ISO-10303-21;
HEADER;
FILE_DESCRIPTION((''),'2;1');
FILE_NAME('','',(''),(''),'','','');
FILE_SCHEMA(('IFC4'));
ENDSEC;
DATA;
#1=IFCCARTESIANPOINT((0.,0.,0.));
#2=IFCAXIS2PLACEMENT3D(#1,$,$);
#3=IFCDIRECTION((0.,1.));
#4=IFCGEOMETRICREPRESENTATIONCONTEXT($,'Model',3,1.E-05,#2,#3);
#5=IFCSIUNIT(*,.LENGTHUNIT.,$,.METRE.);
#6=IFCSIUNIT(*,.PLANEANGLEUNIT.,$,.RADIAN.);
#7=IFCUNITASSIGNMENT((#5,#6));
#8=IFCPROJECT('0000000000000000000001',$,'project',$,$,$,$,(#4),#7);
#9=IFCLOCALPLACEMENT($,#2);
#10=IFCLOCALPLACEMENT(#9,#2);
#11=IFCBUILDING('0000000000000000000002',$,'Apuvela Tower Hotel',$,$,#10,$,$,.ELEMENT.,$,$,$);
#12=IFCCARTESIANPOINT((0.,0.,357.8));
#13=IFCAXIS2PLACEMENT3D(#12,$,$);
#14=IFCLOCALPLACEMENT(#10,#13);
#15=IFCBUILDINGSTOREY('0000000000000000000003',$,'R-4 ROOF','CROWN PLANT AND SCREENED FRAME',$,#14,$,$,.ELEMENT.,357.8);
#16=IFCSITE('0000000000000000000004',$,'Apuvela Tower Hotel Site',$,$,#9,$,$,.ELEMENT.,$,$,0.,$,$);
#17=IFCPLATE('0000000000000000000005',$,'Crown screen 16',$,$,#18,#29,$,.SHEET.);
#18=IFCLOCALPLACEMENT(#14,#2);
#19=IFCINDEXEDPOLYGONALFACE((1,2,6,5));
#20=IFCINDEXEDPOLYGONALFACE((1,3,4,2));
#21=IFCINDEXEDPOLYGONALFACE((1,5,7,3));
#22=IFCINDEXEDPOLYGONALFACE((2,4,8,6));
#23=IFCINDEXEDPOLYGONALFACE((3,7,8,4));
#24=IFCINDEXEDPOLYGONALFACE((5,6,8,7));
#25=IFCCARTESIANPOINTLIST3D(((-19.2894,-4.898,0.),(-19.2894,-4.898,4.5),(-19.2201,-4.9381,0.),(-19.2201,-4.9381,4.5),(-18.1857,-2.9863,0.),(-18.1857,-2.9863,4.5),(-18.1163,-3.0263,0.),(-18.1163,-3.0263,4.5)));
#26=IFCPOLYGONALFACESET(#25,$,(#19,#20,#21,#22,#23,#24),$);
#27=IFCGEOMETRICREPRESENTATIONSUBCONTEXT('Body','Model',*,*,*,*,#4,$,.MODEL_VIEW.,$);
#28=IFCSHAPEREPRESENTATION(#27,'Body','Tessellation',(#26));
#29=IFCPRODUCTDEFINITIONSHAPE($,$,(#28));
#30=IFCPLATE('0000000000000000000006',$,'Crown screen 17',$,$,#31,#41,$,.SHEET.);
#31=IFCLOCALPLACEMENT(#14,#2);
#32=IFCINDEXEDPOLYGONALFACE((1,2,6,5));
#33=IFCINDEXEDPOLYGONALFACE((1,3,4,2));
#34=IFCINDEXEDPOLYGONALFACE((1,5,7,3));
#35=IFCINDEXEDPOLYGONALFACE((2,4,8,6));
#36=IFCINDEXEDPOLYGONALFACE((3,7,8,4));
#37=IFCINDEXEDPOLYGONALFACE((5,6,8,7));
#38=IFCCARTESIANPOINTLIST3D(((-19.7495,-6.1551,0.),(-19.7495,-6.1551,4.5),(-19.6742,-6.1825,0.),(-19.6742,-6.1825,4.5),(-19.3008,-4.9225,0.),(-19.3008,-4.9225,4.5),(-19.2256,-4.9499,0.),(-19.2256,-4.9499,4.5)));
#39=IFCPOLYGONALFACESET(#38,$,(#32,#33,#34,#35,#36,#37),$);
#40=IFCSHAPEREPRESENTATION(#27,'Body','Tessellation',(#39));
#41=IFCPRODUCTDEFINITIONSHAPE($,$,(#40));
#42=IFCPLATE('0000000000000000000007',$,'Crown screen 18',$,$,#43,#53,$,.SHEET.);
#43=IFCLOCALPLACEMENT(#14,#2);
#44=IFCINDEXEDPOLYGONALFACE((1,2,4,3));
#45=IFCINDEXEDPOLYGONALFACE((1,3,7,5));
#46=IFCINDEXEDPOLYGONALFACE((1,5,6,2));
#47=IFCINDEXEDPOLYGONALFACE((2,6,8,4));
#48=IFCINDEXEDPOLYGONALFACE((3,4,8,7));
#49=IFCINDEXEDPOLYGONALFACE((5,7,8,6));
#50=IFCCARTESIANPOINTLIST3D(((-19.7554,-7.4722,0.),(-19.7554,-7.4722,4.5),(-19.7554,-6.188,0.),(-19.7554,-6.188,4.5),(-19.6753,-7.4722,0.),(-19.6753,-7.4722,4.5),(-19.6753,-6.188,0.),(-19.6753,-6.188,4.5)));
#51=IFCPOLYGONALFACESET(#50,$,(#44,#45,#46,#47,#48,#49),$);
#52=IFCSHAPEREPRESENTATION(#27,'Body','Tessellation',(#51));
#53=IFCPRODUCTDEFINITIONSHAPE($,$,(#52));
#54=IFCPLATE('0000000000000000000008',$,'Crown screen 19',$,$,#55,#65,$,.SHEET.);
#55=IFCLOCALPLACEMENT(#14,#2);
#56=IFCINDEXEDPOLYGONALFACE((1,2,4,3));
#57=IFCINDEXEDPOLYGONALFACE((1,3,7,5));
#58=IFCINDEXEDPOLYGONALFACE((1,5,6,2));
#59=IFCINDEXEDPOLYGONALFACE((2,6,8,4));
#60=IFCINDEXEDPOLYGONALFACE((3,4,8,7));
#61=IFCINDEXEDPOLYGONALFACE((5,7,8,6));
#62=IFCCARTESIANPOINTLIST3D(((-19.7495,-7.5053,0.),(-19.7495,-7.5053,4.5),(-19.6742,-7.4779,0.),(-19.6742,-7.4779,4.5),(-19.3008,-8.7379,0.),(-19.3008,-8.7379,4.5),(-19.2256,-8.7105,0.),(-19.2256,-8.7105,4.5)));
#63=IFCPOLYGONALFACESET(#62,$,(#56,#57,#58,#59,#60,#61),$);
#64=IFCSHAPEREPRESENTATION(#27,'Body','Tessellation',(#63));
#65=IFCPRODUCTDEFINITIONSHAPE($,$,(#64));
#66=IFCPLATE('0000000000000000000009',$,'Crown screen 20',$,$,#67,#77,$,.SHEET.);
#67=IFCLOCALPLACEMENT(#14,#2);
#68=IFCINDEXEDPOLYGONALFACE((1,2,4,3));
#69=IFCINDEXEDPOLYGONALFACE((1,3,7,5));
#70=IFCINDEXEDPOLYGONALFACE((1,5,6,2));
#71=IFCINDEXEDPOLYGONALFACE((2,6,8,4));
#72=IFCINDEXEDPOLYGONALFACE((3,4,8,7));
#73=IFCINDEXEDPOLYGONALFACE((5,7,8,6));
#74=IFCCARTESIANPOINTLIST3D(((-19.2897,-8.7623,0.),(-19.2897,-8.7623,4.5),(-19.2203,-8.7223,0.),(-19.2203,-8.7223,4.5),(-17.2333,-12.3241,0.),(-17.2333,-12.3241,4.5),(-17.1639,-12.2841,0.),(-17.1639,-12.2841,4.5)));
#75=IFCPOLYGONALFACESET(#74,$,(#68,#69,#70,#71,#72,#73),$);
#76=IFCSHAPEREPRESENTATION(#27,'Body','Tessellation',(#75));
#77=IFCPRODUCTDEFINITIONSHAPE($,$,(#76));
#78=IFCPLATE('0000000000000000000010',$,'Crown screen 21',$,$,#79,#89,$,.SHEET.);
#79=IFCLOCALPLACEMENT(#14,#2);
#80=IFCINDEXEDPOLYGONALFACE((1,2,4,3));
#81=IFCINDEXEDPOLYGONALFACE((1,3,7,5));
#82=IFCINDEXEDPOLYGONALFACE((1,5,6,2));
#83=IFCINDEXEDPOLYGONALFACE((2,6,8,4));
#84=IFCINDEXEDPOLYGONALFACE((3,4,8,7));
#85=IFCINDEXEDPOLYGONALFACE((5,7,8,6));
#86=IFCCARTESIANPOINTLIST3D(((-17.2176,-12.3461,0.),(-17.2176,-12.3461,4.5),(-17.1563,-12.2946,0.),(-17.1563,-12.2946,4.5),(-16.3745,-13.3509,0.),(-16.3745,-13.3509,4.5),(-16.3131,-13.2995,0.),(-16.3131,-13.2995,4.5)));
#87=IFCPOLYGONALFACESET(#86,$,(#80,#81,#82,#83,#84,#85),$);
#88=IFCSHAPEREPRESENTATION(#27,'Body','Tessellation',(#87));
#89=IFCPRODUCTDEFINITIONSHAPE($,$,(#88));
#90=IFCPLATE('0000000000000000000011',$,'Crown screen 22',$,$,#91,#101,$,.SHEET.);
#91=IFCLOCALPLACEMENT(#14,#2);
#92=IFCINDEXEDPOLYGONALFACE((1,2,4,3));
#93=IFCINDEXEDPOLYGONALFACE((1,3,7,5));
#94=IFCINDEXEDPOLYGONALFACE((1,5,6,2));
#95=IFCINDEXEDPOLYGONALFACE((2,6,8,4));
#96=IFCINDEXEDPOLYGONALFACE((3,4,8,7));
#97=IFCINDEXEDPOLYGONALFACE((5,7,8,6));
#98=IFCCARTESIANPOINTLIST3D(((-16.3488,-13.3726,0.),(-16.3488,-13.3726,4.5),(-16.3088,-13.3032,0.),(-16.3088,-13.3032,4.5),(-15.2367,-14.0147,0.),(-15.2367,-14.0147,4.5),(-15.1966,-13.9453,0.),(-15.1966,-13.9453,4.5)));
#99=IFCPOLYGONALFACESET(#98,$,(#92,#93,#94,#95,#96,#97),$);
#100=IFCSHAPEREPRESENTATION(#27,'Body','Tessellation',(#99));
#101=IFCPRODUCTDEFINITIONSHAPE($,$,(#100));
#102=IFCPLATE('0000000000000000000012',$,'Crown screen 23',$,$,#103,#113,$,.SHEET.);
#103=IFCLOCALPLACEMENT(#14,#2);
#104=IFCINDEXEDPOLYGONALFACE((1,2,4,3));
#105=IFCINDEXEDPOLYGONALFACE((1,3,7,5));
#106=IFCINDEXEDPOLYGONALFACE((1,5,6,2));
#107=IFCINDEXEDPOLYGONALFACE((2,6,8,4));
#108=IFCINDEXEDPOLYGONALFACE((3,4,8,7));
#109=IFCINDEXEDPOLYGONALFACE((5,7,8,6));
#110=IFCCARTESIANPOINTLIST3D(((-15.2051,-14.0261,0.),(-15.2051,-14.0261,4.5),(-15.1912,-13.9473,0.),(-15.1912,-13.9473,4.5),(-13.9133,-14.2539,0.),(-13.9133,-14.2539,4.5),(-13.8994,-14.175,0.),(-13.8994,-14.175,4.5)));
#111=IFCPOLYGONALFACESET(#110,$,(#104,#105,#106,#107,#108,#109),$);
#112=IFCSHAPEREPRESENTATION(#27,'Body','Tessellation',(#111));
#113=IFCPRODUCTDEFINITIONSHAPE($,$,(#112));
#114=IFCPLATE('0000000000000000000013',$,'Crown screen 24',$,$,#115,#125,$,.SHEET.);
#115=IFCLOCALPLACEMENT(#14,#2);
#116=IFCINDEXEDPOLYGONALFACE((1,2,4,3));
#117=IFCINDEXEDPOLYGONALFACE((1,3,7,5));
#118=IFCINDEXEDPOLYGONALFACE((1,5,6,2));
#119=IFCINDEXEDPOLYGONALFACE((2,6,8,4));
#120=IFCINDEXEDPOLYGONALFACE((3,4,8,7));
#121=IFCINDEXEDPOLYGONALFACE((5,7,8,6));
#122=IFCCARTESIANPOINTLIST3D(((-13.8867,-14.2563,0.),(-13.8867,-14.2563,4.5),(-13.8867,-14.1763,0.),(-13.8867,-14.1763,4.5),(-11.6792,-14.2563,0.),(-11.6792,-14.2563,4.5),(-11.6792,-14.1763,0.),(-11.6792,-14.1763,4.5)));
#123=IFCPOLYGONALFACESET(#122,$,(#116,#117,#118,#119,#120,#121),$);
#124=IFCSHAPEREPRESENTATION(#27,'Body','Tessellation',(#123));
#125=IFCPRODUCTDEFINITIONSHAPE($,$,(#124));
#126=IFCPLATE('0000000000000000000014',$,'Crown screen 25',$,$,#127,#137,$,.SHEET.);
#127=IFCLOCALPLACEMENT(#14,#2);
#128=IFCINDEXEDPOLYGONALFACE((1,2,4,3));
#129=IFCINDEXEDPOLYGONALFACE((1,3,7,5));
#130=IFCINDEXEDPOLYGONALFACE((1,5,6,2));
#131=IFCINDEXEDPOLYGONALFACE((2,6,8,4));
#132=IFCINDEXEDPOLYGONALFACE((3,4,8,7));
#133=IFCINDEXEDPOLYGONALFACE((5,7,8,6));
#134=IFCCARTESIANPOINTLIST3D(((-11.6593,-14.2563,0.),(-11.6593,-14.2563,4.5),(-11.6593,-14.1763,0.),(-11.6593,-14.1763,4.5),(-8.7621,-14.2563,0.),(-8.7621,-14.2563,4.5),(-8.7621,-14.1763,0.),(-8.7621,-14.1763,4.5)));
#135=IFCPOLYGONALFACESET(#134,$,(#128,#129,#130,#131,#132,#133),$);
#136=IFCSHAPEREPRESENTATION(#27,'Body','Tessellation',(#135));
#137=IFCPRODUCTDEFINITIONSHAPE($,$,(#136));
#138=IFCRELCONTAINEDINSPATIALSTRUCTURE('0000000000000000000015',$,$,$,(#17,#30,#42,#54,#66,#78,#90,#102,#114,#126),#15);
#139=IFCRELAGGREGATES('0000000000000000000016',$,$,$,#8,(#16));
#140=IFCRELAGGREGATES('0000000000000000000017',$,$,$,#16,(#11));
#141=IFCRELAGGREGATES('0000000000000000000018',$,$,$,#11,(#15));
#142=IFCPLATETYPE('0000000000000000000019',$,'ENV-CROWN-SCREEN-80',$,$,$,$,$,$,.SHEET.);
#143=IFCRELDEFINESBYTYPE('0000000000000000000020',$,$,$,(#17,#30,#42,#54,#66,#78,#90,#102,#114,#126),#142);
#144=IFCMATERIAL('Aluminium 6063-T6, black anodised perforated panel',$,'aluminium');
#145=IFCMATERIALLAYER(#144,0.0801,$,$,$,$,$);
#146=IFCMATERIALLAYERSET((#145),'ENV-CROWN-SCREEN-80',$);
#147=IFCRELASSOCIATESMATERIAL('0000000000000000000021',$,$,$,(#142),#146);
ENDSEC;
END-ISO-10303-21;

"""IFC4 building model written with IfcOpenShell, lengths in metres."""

from ifc_helpers import new_model, si_unit, direction, frame, origin, origin_2d, place, context, subcontext, project, spatial, rectangle, extrude, material, layer, layer_set, type_object, element, save


model = new_model("IFC4")

# Units and contexts
model_context = context("Model", 3, precision=1e-05, world=origin(), true_north=direction((0.0, 1.0)))
body_context = subcontext(model_context, "Body", "Model", "MODEL_VIEW")
ifc_project = project(units=[si_unit("LENGTHUNIT", "METRE"), si_unit("PLANEANGLEUNIT", "RADIAN")], contexts=[model_context])

# Site, building, storey
site_placement = place(None, origin())
site = spatial("IfcSite", under=ifc_project, at=site_placement, Name="Apuvela Tower Hotel Site", CompositionType="ELEMENT", RefElevation=0.0)
building_placement = place(site_placement, origin())
building = spatial("IfcBuilding", under=site, at=building_placement, Name="Apuvela Tower Hotel", CompositionType="ELEMENT")
storey_placement = place(building_placement, frame((0.0, 0.0, 357.8)))
storey = spatial("IfcBuildingStorey", under=building, at=storey_placement, Name="R-4 ROOF", Description="CROWN PLANT AND SCREENED FRAME", CompositionType="ELEMENT", Elevation=357.8)

# Plates
ifc_material_1 = material(Name="Aluminium 6063-T6, black anodised perforated panel", Category="aluminium")
ifc_layer = layer(ifc_material_1, 0.0801)
ifc_layer_set = layer_set([ifc_layer], Name="ENV-CROWN-SCREEN-80")
plate_type = type_object("IfcPlateType", Name="ENV-CROWN-SCREEN-80", PredefinedType="SHEET", material=ifc_layer_set)
plate_1_placement = place(storey_placement, frame((-18.7029, -3.9622, 0.0), z_axis=(0.0, 0.0, 1.0), x_axis=(-0.5, -0.866025, 0.0)))
element("IfcPlate", 1, at=plate_1_placement, inside=storey, type_object=plate_type, Name="Crown screen 16", PredefinedType="SHEET", context=body_context, shape_type="SweptSolid", body=[
    extrude(rectangle(XDim=2.2075, YDim=0.0801, at=origin_2d()), origin(), (0.0, 0.0, 1.0), 4.5),
])
plate_2_placement = place(storey_placement, frame((-19.4875, -5.5525, 0.0), z_axis=(0.0, 0.0, 1.0), x_axis=(-0.34202, -0.939693, 0.0)))
element("IfcPlate", 2, at=plate_2_placement, inside=storey, type_object=plate_type, Name="Crown screen 17", PredefinedType="SHEET", context=body_context, shape_type="SweptSolid", body=[
    extrude(rectangle(XDim=1.3118, YDim=0.0801, at=origin_2d()), origin(), (0.0, 0.0, 1.0), 4.5),
])
plate_3_placement = place(storey_placement, frame((-19.7153, -6.8301, 0.0), z_axis=(0.0, 0.0, 1.0), x_axis=(0.0, -1.0, 0.0)))
element("IfcPlate", 3, at=plate_3_placement, inside=storey, type_object=plate_type, Name="Crown screen 18", PredefinedType="SHEET", context=body_context, shape_type="SweptSolid", body=[
    extrude(rectangle(XDim=1.2842, YDim=0.0801, at=origin_2d()), origin(), (0.0, 0.0, 1.0), 4.5),
])
plate_4_placement = place(storey_placement, frame((-19.4875, -8.1079, 0.0), z_axis=(0.0, 0.0, 1.0), x_axis=(0.34202, -0.939693, 0.0)))
element("IfcPlate", 4, at=plate_4_placement, inside=storey, type_object=plate_type, Name="Crown screen 19", PredefinedType="SHEET", context=body_context, shape_type="SweptSolid", body=[
    extrude(rectangle(XDim=1.3118, YDim=0.0801, at=origin_2d()), origin(), (0.0, 0.0, 1.0), 4.5),
])
plate_5_placement = place(storey_placement, frame((-18.2268, -10.5232, 0.0), z_axis=(0.0, 0.0, 1.0), x_axis=(0.5, -0.866025, 0.0)))
element("IfcPlate", 5, at=plate_5_placement, inside=storey, type_object=plate_type, Name="Crown screen 20", PredefinedType="SHEET", context=body_context, shape_type="SweptSolid", body=[
    extrude(rectangle(XDim=4.1128, YDim=0.0801, at=origin_2d()), origin(), (0.0, 0.0, 1.0), 4.5),
])
plate_6_placement = place(storey_placement, frame((-16.7654, -12.8228, 0.0), z_axis=(0.0, 0.0, 1.0), x_axis=(0.642788, -0.766044, 0.0)))
element("IfcPlate", 6, at=plate_6_placement, inside=storey, type_object=plate_type, Name="Crown screen 21", PredefinedType="SHEET", context=body_context, shape_type="SweptSolid", body=[
    extrude(rectangle(XDim=1.3118, YDim=0.0801, at=origin_2d()), origin(), (0.0, 0.0, 1.0), 4.5),
])
plate_7_placement = place(storey_placement, frame((-15.7727, -13.6589, 0.0), z_axis=(0.0, 0.0, 1.0), x_axis=(0.866025, -0.5, 0.0)))
element("IfcPlate", 7, at=plate_7_placement, inside=storey, type_object=plate_type, Name="Crown screen 22", PredefinedType="SHEET", context=body_context, shape_type="SweptSolid", body=[
    extrude(rectangle(XDim=1.2842, YDim=0.0801, at=origin_2d()), origin(), (0.0, 0.0, 1.0), 4.5),
])
plate_8_placement = place(storey_placement, frame((-14.5522, -14.1006, 0.0), z_axis=(0.0, 0.0, 1.0), x_axis=(0.984808, -0.173648, 0.0)))
element("IfcPlate", 8, at=plate_8_placement, inside=storey, type_object=plate_type, Name="Crown screen 23", PredefinedType="SHEET", context=body_context, shape_type="SweptSolid", body=[
    extrude(rectangle(XDim=1.3118, YDim=0.0801, at=origin_2d()), origin(), (0.0, 0.0, 1.0), 4.5),
])
plate_9_placement = place(storey_placement, frame((-12.783, -14.2163, 0.0), z_axis=(0.0, 0.0, 1.0), x_axis=(1.0, 0.0, 0.0)))
element("IfcPlate", 9, at=plate_9_placement, inside=storey, type_object=plate_type, Name="Crown screen 24", PredefinedType="SHEET", context=body_context, shape_type="SweptSolid", body=[
    extrude(rectangle(XDim=2.2075, YDim=0.0801, at=origin_2d()), origin(), (0.0, 0.0, 1.0), 4.5),
])
plate_10_placement = place(storey_placement, frame((-10.2107, -14.2163, 0.0), z_axis=(0.0, 0.0, 1.0), x_axis=(1.0, 0.0, 0.0)))
element("IfcPlate", 10, at=plate_10_placement, inside=storey, type_object=plate_type, Name="Crown screen 25", PredefinedType="SHEET", context=body_context, shape_type="SweptSolid", body=[
    extrude(rectangle(XDim=2.8972, YDim=0.0801, at=origin_2d()), origin(), (0.0, 0.0, 1.0), 4.5),
])

save(model, "model.ifc")
